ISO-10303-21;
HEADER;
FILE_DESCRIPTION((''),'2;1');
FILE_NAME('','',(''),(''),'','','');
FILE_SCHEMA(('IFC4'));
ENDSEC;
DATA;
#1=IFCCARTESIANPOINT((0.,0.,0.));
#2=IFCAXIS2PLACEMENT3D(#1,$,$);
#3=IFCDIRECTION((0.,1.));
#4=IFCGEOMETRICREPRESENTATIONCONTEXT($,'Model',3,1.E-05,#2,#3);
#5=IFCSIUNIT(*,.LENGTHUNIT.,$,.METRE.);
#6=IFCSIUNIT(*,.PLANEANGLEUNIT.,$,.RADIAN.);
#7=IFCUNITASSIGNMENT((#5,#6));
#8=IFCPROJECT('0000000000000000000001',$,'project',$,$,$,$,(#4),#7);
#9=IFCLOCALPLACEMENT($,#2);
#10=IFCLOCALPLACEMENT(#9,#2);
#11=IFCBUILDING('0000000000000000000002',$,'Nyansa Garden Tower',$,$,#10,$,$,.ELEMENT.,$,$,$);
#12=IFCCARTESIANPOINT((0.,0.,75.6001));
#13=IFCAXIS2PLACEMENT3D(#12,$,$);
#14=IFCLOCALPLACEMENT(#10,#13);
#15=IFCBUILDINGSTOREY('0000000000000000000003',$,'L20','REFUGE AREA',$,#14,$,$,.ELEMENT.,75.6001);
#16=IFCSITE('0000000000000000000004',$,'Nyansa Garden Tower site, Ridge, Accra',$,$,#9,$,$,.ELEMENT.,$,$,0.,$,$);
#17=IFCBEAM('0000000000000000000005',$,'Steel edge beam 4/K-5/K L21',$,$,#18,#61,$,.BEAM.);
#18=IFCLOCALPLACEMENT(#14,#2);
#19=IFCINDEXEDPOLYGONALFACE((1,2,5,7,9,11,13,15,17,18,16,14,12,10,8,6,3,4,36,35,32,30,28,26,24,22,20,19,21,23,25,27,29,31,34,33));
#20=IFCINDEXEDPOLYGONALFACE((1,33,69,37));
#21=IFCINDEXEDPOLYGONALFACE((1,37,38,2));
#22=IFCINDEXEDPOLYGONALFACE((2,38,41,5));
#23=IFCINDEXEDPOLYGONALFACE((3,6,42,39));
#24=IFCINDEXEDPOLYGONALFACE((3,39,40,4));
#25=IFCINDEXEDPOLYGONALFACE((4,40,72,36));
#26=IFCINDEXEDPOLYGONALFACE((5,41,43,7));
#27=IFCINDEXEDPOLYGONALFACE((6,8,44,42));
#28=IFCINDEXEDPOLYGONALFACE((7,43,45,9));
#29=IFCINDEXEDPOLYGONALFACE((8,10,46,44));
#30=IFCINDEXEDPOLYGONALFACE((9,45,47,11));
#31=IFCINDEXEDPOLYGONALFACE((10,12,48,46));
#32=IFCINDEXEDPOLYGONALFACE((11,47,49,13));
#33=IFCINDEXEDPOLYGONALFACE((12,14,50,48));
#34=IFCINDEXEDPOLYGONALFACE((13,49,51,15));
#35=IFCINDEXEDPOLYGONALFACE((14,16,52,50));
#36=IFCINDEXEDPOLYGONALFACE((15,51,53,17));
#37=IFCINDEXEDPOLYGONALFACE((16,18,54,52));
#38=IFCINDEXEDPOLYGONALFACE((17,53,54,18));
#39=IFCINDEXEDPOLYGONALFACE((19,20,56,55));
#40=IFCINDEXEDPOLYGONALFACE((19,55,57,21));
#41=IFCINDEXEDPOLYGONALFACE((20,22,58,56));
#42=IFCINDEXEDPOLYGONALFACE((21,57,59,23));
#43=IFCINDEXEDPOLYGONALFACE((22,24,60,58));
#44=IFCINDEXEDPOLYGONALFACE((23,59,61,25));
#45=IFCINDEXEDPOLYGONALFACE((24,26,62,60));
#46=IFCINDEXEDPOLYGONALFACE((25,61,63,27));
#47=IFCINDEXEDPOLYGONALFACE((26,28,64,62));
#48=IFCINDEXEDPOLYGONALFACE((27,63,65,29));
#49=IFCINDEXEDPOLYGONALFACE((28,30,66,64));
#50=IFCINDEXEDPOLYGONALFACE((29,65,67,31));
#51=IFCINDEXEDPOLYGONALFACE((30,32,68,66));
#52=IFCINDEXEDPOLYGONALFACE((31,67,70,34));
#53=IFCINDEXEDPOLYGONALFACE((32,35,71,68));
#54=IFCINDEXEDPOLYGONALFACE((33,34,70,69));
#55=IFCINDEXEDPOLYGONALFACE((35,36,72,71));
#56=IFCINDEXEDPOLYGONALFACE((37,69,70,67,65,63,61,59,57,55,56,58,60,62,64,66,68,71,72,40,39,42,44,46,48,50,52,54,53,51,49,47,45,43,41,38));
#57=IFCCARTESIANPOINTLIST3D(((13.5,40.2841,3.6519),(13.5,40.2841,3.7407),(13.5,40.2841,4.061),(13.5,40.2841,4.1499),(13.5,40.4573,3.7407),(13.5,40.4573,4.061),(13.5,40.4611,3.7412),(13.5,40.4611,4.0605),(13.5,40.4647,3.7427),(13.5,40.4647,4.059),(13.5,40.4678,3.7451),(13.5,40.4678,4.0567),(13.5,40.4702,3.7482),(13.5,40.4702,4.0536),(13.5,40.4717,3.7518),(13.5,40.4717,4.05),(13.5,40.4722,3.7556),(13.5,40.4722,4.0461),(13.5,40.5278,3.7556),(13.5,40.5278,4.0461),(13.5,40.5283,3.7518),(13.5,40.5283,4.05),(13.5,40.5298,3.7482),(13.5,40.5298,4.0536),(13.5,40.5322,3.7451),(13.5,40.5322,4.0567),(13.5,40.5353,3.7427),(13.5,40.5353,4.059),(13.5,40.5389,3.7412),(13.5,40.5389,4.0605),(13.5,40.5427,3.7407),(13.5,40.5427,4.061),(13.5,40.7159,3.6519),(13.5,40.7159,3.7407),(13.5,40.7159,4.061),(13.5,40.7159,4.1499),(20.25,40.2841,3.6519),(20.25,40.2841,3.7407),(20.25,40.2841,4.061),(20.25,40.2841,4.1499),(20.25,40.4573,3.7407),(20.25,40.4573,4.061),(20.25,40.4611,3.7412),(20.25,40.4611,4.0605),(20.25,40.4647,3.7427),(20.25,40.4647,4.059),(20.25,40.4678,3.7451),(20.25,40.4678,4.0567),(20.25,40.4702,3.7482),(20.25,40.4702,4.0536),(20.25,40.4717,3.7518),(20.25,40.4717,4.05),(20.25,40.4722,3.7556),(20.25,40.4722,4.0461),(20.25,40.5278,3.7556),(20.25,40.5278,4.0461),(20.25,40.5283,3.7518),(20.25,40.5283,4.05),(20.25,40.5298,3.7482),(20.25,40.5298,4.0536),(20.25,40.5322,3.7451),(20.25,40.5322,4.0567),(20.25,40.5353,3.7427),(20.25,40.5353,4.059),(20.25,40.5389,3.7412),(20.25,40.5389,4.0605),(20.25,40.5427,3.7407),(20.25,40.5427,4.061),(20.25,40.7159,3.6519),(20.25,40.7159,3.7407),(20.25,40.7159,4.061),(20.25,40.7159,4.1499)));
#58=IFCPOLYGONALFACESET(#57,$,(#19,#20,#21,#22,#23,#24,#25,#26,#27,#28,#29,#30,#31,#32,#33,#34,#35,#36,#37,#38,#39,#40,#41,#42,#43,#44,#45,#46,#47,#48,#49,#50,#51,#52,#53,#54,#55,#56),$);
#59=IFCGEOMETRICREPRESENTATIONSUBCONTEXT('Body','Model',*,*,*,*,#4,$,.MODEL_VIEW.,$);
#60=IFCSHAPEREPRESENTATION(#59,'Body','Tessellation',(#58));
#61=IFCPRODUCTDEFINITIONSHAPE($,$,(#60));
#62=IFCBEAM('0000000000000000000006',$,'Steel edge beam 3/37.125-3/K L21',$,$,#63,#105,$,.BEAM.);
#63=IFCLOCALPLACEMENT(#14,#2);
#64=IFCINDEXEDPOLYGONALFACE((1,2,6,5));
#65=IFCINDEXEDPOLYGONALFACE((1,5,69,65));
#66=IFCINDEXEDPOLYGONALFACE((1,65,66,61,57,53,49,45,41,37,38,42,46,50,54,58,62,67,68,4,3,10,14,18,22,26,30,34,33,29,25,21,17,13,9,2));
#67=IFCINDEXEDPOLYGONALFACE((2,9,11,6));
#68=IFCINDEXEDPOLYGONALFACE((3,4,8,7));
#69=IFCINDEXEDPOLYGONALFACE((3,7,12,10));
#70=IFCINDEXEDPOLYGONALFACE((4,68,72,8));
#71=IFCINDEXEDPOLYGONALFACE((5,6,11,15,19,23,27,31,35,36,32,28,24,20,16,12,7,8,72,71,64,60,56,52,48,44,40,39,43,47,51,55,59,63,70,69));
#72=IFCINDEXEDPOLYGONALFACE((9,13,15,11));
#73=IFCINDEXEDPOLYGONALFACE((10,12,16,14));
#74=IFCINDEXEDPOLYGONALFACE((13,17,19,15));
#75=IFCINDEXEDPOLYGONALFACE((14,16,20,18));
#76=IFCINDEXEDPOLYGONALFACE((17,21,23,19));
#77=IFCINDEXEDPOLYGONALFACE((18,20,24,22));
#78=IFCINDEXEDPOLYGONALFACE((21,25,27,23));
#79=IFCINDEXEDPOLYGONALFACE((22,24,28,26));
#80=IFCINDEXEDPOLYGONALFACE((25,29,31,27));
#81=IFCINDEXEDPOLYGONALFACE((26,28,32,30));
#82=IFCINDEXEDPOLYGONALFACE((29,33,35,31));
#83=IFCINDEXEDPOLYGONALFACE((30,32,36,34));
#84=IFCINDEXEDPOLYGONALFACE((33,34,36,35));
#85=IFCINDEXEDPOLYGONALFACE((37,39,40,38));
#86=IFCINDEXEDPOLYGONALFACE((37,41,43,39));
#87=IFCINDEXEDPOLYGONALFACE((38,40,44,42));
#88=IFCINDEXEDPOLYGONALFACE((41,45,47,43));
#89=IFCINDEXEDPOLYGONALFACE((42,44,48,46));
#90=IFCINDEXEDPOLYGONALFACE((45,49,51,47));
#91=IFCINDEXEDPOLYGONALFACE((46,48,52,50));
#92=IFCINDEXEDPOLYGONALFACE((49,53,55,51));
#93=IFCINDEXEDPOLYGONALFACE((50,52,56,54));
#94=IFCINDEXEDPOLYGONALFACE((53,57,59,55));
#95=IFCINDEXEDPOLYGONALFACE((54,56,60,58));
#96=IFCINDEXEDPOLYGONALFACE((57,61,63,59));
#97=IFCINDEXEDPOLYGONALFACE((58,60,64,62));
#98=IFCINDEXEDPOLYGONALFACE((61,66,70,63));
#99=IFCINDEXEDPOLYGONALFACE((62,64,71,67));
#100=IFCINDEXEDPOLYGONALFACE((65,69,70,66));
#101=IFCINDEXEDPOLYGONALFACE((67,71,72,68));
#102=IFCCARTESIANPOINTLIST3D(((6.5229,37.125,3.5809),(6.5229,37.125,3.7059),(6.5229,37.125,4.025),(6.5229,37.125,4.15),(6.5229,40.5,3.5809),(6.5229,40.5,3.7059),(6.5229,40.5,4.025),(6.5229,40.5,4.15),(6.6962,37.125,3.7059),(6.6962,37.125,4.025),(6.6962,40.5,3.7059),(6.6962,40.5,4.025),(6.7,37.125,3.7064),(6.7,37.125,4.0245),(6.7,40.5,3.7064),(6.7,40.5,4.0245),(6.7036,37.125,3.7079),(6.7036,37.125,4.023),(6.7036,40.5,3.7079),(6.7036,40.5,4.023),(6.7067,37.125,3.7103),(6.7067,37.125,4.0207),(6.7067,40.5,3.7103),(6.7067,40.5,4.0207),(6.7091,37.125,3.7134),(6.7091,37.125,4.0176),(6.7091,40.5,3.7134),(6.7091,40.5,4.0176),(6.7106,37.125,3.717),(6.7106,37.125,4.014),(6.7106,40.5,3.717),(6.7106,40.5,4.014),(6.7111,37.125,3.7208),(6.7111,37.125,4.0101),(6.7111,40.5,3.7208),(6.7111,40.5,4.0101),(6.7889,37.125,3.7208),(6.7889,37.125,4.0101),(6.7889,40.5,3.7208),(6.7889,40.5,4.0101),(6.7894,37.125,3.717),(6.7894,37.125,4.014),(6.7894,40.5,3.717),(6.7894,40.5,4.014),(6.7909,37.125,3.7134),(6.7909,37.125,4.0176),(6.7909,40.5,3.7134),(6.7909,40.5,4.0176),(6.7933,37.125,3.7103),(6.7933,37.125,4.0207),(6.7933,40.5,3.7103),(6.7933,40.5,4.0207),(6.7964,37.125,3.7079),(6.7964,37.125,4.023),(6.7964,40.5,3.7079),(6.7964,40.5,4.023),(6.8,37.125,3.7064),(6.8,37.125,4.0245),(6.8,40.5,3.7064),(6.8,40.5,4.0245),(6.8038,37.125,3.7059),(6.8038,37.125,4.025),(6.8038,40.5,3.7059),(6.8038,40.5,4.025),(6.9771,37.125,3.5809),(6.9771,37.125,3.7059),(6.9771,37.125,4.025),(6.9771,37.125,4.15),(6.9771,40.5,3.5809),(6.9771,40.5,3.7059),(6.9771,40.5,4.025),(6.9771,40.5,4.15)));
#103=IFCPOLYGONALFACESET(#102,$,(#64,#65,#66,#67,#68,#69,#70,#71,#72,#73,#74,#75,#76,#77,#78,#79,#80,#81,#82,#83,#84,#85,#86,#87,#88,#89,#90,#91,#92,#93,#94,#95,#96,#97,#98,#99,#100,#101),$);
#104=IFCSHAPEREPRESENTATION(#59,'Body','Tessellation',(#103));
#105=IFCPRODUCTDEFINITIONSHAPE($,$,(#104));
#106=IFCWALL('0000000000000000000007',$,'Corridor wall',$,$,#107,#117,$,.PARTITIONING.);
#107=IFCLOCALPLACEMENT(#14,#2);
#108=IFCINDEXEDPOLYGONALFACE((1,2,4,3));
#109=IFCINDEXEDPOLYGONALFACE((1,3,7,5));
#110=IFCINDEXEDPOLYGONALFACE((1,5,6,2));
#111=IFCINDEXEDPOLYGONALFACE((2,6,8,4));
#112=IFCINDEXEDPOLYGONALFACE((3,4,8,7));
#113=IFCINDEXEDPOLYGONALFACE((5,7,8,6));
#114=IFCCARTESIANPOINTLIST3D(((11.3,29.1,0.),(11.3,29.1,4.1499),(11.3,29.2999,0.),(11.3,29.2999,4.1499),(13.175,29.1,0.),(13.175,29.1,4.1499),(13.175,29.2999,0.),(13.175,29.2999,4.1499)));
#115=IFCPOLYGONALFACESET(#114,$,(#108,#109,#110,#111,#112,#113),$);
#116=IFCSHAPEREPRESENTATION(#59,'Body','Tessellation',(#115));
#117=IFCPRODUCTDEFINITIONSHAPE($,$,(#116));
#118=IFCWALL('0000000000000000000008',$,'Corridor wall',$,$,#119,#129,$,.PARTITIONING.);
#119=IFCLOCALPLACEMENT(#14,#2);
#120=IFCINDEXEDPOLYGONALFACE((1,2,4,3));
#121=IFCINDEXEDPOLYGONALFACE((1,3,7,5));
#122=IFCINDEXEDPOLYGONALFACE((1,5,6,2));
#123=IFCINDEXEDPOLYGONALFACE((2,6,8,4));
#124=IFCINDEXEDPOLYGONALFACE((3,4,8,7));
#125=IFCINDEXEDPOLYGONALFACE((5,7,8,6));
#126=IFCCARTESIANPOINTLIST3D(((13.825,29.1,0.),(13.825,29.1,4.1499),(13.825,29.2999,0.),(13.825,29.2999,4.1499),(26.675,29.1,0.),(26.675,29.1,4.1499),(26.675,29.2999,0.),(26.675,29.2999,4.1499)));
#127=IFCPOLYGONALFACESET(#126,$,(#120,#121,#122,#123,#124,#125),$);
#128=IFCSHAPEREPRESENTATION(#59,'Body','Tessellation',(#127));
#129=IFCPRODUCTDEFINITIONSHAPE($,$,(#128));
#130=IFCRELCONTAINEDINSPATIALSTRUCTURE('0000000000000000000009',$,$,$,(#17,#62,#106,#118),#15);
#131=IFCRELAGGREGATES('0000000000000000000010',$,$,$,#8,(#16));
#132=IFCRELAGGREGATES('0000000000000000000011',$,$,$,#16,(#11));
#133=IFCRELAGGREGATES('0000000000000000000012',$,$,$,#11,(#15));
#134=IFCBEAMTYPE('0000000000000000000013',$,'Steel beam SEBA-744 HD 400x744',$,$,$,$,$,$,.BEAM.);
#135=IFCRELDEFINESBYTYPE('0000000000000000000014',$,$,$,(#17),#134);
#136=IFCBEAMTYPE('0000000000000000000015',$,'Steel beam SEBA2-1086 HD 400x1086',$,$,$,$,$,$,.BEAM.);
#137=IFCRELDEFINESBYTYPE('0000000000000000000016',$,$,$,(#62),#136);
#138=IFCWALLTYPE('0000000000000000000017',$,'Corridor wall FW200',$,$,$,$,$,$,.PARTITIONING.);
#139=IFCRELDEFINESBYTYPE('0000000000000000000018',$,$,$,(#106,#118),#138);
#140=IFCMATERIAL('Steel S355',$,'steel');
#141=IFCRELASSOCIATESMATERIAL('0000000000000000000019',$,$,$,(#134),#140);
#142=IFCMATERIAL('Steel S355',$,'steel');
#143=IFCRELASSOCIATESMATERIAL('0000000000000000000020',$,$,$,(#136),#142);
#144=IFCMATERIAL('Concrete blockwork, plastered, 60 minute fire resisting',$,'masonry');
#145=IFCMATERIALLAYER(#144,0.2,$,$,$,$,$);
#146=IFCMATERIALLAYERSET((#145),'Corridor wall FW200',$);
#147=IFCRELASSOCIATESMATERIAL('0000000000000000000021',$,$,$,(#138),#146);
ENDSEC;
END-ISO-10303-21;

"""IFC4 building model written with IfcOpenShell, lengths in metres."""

from ifc_helpers import new_model, si_unit, direction, frame, frame_2d, origin, origin_2d, place, context, subcontext, project, spatial, rectangle, i_section, extrude, material, layer, layer_set, material_profile, profile_set, type_object, element, save


model = new_model("IFC4")

# Units and contexts
model_context = context("Model", 3, precision=1e-05, world=origin(), true_north=direction((0.0, 1.0)))
body_context = subcontext(model_context, "Body", "Model", "MODEL_VIEW")
ifc_project = project(units=[si_unit("LENGTHUNIT", "METRE"), si_unit("PLANEANGLEUNIT", "RADIAN")], contexts=[model_context])

# Site, building, storey
site_placement = place(None, origin())
site = spatial("IfcSite", under=ifc_project, at=site_placement, Name="Nyansa Garden Tower site, Ridge, Accra", CompositionType="ELEMENT", RefElevation=0.0)
building_placement = place(site_placement, origin())
building = spatial("IfcBuilding", under=site, at=building_placement, Name="Nyansa Garden Tower", CompositionType="ELEMENT")
storey_placement = place(building_placement, frame((0.0, 0.0, 75.6001)))
storey = spatial("IfcBuildingStorey", under=building, at=storey_placement, Name="L20", Description="REFUGE AREA", CompositionType="ELEMENT", Elevation=75.6001)

# Beams
ifc_material_1 = material(Name="Steel S355", Category="steel")
ifc_material_profile_1 = material_profile(ifc_material_1, i_section(OverallWidth=0.4319, OverallDepth=0.498, WebThickness=0.0557, FlangeThickness=0.0889, FilletRadius=0.0149, at=origin_2d()), Name="HD 400x744")
ifc_profile_set_1 = profile_set([ifc_material_profile_1], Name="Steel S355")
beam_type_1 = type_object("IfcBeamType", Name="Steel beam SEBA-744 HD 400x744", PredefinedType="BEAM", material=ifc_profile_set_1)
for number, where, z_axis, x_axis, name in (
    (1, (13.5, 40.5, 3.9009), (1.0, 0.0, 0.0), (0.0, 1.0, 0.0), "Steel edge beam 4/K-5/K L21"),
):
    element("IfcBeam", number, at=place(storey_placement, frame(where, z_axis=z_axis, x_axis=x_axis)), inside=storey, type_object=beam_type_1, Name=name, PredefinedType="BEAM", context=body_context, shape_type="SweptSolid", body=[
        extrude(i_section(OverallWidth=0.4319, OverallDepth=0.498, WebThickness=0.0557, FlangeThickness=0.0889, FilletRadius=0.0149, at=origin_2d()), origin(), (0.0, 0.0, 1.0), 6.75),
    ])
ifc_material_2 = material(Name="Steel S355", Category="steel")
ifc_material_profile_2 = material_profile(ifc_material_2, i_section(OverallWidth=0.4541, OverallDepth=0.5691, WebThickness=0.0779, FlangeThickness=0.125, FilletRadius=0.0149, at=origin_2d()), Name="HD 400x1086")
ifc_profile_set_2 = profile_set([ifc_material_profile_2], Name="Steel S355")
beam_type_2 = type_object("IfcBeamType", Name="Steel beam SEBA2-1086 HD 400x1086", PredefinedType="BEAM", material=ifc_profile_set_2)
beam_1_placement = place(storey_placement, frame((6.75, 37.125, 3.8655), z_axis=(0.0, 1.0, 0.0), x_axis=(-1.0, 0.0, 0.0)))
element("IfcBeam", 2, at=beam_1_placement, inside=storey, type_object=beam_type_2, Name="Steel edge beam 3/37.125-3/K L21", PredefinedType="BEAM", context=body_context, shape_type="SweptSolid", body=[
    extrude(i_section(OverallWidth=0.4541, OverallDepth=0.5691, WebThickness=0.0779, FlangeThickness=0.125, FilletRadius=0.0149, at=origin_2d()), origin(), (0.0, 0.0, 1.0), 3.375),
])

# Walls
ifc_material_3 = material(Name="Concrete blockwork, plastered, 60 minute fire resisting", Category="masonry")
ifc_layer = layer(ifc_material_3, 0.2)
ifc_layer_set = layer_set([ifc_layer], Name="Corridor wall FW200")
wall_type = type_object("IfcWallType", Name="Corridor wall FW200", PredefinedType="PARTITIONING", material=ifc_layer_set)
wall_1_placement = place(storey_placement, frame((11.3, 29.2, 0.0), z_axis=(0.0, 0.0, 1.0), x_axis=(1.0, 0.0, 0.0)))
element("IfcWall", 3, at=wall_1_placement, inside=storey, type_object=wall_type, Name="Corridor wall", PredefinedType="PARTITIONING", context=body_context, shape_type="SweptSolid", body=[
    extrude(rectangle(XDim=1.875, YDim=0.2, at=frame_2d((0.9375, 0.0))), origin(), (0.0, 0.0, 1.0), 4.1499),
])
wall_2_placement = place(storey_placement, frame((13.825, 29.2, 0.0), z_axis=(0.0, 0.0, 1.0), x_axis=(1.0, 0.0, 0.0)))
element("IfcWall", 4, at=wall_2_placement, inside=storey, type_object=wall_type, Name="Corridor wall", PredefinedType="PARTITIONING", context=body_context, shape_type="SweptSolid", body=[
    extrude(rectangle(XDim=12.8501, YDim=0.2, at=frame_2d((6.425, 0.0))), origin(), (0.0, 0.0, 1.0), 4.1499),
])

save(model, "model.ifc")
